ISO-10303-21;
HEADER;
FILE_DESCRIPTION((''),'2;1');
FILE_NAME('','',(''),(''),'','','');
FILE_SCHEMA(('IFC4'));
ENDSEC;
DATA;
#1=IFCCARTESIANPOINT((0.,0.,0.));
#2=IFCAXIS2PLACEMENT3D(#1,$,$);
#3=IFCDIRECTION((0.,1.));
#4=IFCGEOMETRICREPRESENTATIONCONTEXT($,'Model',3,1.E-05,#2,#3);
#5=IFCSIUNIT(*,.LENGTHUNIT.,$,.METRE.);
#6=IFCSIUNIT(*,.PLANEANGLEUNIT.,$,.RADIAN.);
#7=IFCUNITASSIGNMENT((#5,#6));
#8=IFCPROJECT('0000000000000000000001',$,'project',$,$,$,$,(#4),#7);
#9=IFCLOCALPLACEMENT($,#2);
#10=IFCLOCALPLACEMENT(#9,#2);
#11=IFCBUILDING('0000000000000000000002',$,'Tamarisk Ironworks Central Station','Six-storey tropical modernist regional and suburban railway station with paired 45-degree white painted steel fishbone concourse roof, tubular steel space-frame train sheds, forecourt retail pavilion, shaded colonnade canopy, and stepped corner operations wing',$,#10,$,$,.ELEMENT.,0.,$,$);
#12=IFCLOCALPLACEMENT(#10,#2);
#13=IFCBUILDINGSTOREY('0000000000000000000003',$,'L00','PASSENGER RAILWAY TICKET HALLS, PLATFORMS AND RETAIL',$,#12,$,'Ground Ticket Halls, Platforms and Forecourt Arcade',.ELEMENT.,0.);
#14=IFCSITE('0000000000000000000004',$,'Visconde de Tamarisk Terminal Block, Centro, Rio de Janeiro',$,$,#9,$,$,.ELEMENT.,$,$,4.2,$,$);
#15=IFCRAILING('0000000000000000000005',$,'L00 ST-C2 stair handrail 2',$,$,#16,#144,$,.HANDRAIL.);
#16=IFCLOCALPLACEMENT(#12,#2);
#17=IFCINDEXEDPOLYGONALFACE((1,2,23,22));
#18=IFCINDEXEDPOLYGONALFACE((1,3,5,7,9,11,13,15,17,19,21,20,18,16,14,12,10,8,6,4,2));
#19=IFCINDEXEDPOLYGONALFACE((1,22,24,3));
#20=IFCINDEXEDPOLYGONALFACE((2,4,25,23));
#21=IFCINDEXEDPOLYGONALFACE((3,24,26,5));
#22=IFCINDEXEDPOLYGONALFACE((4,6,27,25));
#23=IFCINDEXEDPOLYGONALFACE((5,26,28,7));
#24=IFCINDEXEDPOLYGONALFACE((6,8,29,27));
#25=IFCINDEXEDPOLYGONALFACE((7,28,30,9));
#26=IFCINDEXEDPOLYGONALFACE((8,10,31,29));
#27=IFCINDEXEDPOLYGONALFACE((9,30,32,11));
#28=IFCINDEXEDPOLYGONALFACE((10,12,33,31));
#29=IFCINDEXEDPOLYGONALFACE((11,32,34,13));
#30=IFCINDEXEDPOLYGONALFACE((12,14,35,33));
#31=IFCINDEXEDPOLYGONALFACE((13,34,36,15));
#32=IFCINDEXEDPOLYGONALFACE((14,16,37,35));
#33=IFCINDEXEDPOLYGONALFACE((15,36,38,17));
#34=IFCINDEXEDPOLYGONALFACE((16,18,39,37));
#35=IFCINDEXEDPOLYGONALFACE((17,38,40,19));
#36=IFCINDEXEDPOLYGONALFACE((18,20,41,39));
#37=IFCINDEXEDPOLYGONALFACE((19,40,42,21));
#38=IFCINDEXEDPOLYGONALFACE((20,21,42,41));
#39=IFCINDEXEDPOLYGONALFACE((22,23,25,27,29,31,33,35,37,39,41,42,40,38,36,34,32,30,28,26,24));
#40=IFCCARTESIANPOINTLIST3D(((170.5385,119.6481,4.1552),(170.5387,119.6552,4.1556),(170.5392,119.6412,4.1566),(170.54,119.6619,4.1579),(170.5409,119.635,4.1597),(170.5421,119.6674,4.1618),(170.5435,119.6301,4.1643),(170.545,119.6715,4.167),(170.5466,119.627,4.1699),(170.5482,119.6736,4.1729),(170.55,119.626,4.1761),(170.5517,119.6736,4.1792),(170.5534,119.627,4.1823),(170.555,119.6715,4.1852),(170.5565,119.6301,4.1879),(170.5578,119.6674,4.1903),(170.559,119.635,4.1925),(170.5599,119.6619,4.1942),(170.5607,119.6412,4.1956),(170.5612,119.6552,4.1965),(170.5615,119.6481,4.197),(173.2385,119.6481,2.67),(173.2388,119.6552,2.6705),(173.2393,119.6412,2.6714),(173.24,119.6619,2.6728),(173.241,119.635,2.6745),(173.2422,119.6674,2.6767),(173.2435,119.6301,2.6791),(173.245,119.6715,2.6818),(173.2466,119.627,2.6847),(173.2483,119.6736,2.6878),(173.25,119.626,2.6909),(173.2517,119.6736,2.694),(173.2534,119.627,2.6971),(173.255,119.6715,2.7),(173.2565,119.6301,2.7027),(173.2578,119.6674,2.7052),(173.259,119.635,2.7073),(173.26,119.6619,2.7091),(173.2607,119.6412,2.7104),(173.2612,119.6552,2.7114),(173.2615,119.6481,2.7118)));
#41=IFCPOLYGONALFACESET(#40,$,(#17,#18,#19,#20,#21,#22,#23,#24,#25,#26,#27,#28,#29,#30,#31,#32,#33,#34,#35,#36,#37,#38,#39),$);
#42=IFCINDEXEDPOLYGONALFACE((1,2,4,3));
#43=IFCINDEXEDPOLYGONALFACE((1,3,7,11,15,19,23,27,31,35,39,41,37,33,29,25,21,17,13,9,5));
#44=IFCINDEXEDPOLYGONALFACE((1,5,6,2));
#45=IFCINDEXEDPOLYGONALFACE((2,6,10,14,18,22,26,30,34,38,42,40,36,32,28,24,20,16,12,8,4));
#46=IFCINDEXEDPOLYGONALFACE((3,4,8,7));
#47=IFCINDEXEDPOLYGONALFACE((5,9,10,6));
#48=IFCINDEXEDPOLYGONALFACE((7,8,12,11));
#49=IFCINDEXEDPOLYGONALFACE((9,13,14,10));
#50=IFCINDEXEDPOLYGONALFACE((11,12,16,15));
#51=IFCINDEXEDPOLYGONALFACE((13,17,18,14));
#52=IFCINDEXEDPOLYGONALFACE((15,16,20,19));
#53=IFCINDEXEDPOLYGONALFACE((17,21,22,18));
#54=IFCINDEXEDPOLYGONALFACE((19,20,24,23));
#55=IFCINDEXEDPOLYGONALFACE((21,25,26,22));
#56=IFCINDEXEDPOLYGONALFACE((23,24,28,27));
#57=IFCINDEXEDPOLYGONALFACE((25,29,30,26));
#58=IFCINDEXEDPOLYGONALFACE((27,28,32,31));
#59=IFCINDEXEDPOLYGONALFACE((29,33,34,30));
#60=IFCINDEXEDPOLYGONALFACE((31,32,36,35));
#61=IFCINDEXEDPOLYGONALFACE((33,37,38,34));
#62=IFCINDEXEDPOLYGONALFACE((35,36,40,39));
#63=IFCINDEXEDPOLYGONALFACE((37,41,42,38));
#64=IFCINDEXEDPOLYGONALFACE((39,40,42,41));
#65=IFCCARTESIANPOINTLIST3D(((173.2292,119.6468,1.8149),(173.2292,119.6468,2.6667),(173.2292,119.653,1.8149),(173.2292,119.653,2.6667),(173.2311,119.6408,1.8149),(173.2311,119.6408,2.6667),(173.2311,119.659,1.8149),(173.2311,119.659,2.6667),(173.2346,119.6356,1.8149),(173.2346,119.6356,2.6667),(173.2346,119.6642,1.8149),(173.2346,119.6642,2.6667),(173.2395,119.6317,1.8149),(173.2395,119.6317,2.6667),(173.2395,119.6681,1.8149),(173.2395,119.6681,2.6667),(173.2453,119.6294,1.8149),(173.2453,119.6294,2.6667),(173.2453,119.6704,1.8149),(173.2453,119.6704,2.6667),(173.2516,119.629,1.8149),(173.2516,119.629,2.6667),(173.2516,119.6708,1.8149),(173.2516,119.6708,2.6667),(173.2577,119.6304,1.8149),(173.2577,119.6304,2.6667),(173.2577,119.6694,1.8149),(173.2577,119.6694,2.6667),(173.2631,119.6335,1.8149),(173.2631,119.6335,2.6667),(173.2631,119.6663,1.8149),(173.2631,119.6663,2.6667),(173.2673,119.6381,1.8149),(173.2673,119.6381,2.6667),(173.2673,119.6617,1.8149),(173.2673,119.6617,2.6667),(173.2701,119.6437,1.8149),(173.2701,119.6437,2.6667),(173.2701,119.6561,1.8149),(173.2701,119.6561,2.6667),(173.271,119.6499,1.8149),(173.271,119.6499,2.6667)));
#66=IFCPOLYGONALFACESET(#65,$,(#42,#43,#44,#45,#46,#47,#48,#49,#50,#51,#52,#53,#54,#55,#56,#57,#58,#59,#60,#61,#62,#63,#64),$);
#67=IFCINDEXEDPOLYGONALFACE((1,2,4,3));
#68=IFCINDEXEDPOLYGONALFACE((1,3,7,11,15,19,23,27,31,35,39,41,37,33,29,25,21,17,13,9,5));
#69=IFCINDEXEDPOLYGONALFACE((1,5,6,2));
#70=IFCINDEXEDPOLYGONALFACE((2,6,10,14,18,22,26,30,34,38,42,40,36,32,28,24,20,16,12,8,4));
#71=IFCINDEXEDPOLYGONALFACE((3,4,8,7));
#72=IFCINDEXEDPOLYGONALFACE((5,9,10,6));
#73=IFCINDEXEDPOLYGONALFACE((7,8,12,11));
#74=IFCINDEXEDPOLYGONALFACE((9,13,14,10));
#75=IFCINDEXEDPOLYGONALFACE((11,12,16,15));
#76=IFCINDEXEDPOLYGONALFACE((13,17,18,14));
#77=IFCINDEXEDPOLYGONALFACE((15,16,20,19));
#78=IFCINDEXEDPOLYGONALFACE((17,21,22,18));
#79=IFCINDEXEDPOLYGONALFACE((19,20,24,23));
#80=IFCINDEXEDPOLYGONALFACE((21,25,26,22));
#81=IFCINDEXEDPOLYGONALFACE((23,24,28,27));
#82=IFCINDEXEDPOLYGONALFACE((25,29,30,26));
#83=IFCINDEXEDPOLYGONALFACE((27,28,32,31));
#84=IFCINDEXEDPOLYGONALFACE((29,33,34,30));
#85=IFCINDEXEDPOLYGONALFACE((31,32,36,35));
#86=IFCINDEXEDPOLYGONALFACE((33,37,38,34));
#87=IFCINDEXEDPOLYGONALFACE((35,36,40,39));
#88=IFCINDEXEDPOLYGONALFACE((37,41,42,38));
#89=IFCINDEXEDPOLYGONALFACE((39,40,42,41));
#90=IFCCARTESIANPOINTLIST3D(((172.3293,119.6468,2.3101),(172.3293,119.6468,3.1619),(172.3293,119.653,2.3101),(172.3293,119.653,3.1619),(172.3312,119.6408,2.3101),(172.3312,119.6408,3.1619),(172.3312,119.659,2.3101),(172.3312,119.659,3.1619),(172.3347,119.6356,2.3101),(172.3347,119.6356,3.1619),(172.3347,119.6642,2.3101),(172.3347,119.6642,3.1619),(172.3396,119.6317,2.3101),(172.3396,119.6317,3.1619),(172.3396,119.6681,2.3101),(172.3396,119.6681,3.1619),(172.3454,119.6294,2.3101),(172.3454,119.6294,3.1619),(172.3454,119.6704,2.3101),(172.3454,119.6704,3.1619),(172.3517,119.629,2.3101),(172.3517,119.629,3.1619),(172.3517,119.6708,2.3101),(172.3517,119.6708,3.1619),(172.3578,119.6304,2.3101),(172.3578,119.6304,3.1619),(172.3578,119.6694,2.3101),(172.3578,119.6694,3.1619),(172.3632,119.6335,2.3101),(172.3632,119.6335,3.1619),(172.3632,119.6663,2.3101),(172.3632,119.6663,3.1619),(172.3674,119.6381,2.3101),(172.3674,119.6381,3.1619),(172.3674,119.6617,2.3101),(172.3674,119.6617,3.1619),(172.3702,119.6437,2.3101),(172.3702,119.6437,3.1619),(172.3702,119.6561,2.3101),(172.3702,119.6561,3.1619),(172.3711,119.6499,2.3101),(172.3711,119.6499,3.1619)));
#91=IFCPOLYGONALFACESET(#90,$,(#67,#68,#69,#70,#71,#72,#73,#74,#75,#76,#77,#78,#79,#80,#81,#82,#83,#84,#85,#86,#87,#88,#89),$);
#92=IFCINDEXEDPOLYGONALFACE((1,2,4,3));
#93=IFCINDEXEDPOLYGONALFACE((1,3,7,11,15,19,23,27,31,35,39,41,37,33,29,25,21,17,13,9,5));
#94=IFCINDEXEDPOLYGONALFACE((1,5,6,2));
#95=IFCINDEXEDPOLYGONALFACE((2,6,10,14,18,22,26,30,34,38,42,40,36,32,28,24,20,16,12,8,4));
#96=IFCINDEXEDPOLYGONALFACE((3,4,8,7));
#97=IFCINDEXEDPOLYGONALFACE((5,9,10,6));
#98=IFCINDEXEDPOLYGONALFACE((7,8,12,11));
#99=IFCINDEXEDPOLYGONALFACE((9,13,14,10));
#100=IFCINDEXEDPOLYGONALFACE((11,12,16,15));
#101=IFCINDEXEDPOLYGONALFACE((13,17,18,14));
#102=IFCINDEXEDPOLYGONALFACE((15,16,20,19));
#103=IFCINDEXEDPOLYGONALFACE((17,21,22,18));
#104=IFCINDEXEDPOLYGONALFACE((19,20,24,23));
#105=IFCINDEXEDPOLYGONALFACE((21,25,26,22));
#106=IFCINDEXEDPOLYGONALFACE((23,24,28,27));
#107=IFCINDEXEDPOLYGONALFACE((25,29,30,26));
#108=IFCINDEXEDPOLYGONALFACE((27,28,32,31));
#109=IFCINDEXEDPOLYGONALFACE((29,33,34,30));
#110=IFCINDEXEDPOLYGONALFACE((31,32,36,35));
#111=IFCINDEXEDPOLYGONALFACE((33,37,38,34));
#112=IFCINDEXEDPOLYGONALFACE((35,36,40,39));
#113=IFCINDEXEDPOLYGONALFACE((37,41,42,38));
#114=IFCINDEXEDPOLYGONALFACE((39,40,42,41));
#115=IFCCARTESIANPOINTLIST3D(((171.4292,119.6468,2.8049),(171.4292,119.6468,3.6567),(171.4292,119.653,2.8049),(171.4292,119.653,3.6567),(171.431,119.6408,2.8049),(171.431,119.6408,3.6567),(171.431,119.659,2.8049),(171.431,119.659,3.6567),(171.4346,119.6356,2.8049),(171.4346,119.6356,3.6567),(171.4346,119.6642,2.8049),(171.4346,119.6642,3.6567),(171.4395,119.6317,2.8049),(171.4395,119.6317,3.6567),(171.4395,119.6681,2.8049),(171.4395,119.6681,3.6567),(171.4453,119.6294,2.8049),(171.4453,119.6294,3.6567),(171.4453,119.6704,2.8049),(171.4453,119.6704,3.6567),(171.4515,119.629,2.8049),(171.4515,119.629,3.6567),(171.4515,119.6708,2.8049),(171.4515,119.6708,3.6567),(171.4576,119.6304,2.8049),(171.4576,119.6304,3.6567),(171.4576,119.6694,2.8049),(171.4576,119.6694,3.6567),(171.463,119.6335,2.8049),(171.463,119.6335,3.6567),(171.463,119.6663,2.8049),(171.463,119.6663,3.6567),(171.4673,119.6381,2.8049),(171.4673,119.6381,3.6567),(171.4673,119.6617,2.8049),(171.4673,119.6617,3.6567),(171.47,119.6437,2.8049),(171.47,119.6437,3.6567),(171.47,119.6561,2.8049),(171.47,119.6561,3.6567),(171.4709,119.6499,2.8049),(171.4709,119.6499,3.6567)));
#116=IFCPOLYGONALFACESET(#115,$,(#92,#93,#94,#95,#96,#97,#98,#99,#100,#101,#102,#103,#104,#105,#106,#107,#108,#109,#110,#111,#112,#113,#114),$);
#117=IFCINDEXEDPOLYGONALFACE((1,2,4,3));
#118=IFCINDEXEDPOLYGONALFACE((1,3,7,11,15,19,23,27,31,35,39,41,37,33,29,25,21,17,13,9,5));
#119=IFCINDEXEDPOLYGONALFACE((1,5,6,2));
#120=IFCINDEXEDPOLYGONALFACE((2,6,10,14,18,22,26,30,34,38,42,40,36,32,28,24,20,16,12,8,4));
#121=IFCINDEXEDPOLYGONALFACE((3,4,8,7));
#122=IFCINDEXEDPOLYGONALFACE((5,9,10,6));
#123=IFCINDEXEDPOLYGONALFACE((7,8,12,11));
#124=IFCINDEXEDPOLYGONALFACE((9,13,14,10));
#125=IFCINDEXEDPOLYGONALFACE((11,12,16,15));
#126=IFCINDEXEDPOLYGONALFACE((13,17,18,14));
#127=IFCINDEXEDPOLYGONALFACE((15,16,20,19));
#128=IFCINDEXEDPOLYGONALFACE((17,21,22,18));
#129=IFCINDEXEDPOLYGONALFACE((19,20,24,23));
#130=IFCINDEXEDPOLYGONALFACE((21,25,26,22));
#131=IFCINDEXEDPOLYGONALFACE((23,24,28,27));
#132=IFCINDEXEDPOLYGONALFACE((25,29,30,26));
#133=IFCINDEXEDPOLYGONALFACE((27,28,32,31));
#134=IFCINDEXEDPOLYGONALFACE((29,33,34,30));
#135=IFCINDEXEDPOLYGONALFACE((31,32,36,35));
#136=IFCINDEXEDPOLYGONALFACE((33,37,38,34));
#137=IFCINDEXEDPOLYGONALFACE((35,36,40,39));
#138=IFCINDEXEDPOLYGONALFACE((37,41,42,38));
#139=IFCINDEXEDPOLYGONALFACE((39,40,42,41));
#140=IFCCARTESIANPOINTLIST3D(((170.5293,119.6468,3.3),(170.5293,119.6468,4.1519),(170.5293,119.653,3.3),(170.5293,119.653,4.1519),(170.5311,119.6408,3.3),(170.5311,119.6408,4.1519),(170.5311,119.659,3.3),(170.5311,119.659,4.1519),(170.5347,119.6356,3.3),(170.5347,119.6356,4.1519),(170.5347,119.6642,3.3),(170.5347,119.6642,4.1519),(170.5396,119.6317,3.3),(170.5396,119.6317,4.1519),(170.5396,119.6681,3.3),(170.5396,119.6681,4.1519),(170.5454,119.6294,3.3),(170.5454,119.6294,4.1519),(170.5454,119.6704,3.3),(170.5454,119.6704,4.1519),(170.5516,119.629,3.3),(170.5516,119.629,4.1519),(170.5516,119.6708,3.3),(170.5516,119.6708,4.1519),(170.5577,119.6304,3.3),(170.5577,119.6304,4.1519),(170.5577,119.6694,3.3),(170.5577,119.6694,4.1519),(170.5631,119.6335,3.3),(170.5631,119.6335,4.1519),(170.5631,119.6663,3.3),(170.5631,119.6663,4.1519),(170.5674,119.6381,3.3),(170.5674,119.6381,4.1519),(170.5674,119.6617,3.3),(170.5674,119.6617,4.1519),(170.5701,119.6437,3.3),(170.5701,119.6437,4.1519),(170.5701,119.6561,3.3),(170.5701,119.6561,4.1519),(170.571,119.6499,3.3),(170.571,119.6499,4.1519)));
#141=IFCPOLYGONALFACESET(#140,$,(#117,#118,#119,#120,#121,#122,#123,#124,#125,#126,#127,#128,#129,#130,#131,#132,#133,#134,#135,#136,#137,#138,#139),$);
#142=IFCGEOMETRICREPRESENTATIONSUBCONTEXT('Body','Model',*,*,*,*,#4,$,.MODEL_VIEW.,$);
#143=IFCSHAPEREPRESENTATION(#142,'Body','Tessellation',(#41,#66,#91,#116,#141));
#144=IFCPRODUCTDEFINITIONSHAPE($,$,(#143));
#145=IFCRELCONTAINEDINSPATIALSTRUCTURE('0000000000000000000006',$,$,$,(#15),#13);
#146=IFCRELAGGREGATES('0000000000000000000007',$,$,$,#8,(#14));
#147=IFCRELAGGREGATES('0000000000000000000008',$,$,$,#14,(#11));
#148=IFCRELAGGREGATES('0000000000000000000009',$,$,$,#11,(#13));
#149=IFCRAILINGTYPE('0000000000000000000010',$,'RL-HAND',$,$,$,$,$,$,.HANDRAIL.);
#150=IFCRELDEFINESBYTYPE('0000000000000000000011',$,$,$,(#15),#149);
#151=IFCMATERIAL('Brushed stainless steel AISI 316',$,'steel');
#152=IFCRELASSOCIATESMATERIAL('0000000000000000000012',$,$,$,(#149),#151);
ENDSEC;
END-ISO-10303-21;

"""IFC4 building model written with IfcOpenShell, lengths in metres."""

from ifc_helpers import new_model, si_unit, direction, frame, origin, origin_2d, place, context, subcontext, project, spatial, circle, extrude, material, type_object, element, save


model = new_model("IFC4")

# Units and contexts
model_context = context("Model", 3, precision=1e-05, world=origin(), true_north=direction((0.0, 1.0)))
body_context = subcontext(model_context, "Body", "Model", "MODEL_VIEW")
ifc_project = project(units=[si_unit("LENGTHUNIT", "METRE"), si_unit("PLANEANGLEUNIT", "RADIAN")], contexts=[model_context])

# Site, building, storey
site_placement = place(None, origin())
site = spatial("IfcSite", under=ifc_project, at=site_placement, Name="Visconde de Tamarisk Terminal Block, Centro, Rio de Janeiro", CompositionType="ELEMENT", RefElevation=4.2)
building_placement = place(site_placement, origin())
building = spatial("IfcBuilding", under=site, at=building_placement, Name="Tamarisk Ironworks Central Station", Description="Six-storey tropical modernist regional and suburban railway station with paired 45-degree white painted steel fishbone concourse roof, tubular steel space-frame train sheds, forecourt retail pavilion, shaded colonnade canopy, and stepped corner operations wing", CompositionType="ELEMENT", ElevationOfRefHeight=0.0)
storey_placement = place(building_placement, origin())
storey = spatial("IfcBuildingStorey", under=building, at=storey_placement, Name="L00", Description="PASSENGER RAILWAY TICKET HALLS, PLATFORMS AND RETAIL", LongName="Ground Ticket Halls, Platforms and Forecourt Arcade", CompositionType="ELEMENT", Elevation=0.0)

# Railing
ifc_material_1 = material(Name="Brushed stainless steel AISI 316", Category="steel")
railing_type_1 = type_object("IfcRailingType", Name="RL-HAND", PredefinedType="HANDRAIL", material=ifc_material_1)
for number, where, name in (
    (1, (173.25, 119.6499, 1.8149), "L00 ST-C2 stair handrail 2"),
):
    element("IfcRailing", number, at=place(storey_placement, frame(where)), inside=storey, type_object=railing_type_1, Name=name, PredefinedType="HANDRAIL", context=body_context, shape_type="SweptSolid", body=[
        extrude(circle(Radius=0.0239, at=origin_2d()), frame((0.0, 0.0, 0.876), z_axis=(-0.876198, 0.0, 0.481952), x_axis=(0.0, -1.0, 0.0)), (0.0, 0.0, 1.0), 3.0815),
        extrude(circle(Radius=0.021, at=origin_2d()), origin(), (0.0, 0.0, 1.0), 0.8518),
        extrude(circle(Radius=0.021, at=origin_2d()), frame((-0.8999, 0.0, 0.4951)), (0.0, 0.0, 1.0), 0.8518),
        extrude(circle(Radius=0.021, at=origin_2d()), frame((-1.8, 0.0, 0.99)), (0.0, 0.0, 1.0), 0.8518),
        extrude(circle(Radius=0.021, at=origin_2d()), frame((-2.7, 0.0, 1.4851)), (0.0, 0.0, 1.0), 0.8518),
    ])

save(model, "model.ifc")
